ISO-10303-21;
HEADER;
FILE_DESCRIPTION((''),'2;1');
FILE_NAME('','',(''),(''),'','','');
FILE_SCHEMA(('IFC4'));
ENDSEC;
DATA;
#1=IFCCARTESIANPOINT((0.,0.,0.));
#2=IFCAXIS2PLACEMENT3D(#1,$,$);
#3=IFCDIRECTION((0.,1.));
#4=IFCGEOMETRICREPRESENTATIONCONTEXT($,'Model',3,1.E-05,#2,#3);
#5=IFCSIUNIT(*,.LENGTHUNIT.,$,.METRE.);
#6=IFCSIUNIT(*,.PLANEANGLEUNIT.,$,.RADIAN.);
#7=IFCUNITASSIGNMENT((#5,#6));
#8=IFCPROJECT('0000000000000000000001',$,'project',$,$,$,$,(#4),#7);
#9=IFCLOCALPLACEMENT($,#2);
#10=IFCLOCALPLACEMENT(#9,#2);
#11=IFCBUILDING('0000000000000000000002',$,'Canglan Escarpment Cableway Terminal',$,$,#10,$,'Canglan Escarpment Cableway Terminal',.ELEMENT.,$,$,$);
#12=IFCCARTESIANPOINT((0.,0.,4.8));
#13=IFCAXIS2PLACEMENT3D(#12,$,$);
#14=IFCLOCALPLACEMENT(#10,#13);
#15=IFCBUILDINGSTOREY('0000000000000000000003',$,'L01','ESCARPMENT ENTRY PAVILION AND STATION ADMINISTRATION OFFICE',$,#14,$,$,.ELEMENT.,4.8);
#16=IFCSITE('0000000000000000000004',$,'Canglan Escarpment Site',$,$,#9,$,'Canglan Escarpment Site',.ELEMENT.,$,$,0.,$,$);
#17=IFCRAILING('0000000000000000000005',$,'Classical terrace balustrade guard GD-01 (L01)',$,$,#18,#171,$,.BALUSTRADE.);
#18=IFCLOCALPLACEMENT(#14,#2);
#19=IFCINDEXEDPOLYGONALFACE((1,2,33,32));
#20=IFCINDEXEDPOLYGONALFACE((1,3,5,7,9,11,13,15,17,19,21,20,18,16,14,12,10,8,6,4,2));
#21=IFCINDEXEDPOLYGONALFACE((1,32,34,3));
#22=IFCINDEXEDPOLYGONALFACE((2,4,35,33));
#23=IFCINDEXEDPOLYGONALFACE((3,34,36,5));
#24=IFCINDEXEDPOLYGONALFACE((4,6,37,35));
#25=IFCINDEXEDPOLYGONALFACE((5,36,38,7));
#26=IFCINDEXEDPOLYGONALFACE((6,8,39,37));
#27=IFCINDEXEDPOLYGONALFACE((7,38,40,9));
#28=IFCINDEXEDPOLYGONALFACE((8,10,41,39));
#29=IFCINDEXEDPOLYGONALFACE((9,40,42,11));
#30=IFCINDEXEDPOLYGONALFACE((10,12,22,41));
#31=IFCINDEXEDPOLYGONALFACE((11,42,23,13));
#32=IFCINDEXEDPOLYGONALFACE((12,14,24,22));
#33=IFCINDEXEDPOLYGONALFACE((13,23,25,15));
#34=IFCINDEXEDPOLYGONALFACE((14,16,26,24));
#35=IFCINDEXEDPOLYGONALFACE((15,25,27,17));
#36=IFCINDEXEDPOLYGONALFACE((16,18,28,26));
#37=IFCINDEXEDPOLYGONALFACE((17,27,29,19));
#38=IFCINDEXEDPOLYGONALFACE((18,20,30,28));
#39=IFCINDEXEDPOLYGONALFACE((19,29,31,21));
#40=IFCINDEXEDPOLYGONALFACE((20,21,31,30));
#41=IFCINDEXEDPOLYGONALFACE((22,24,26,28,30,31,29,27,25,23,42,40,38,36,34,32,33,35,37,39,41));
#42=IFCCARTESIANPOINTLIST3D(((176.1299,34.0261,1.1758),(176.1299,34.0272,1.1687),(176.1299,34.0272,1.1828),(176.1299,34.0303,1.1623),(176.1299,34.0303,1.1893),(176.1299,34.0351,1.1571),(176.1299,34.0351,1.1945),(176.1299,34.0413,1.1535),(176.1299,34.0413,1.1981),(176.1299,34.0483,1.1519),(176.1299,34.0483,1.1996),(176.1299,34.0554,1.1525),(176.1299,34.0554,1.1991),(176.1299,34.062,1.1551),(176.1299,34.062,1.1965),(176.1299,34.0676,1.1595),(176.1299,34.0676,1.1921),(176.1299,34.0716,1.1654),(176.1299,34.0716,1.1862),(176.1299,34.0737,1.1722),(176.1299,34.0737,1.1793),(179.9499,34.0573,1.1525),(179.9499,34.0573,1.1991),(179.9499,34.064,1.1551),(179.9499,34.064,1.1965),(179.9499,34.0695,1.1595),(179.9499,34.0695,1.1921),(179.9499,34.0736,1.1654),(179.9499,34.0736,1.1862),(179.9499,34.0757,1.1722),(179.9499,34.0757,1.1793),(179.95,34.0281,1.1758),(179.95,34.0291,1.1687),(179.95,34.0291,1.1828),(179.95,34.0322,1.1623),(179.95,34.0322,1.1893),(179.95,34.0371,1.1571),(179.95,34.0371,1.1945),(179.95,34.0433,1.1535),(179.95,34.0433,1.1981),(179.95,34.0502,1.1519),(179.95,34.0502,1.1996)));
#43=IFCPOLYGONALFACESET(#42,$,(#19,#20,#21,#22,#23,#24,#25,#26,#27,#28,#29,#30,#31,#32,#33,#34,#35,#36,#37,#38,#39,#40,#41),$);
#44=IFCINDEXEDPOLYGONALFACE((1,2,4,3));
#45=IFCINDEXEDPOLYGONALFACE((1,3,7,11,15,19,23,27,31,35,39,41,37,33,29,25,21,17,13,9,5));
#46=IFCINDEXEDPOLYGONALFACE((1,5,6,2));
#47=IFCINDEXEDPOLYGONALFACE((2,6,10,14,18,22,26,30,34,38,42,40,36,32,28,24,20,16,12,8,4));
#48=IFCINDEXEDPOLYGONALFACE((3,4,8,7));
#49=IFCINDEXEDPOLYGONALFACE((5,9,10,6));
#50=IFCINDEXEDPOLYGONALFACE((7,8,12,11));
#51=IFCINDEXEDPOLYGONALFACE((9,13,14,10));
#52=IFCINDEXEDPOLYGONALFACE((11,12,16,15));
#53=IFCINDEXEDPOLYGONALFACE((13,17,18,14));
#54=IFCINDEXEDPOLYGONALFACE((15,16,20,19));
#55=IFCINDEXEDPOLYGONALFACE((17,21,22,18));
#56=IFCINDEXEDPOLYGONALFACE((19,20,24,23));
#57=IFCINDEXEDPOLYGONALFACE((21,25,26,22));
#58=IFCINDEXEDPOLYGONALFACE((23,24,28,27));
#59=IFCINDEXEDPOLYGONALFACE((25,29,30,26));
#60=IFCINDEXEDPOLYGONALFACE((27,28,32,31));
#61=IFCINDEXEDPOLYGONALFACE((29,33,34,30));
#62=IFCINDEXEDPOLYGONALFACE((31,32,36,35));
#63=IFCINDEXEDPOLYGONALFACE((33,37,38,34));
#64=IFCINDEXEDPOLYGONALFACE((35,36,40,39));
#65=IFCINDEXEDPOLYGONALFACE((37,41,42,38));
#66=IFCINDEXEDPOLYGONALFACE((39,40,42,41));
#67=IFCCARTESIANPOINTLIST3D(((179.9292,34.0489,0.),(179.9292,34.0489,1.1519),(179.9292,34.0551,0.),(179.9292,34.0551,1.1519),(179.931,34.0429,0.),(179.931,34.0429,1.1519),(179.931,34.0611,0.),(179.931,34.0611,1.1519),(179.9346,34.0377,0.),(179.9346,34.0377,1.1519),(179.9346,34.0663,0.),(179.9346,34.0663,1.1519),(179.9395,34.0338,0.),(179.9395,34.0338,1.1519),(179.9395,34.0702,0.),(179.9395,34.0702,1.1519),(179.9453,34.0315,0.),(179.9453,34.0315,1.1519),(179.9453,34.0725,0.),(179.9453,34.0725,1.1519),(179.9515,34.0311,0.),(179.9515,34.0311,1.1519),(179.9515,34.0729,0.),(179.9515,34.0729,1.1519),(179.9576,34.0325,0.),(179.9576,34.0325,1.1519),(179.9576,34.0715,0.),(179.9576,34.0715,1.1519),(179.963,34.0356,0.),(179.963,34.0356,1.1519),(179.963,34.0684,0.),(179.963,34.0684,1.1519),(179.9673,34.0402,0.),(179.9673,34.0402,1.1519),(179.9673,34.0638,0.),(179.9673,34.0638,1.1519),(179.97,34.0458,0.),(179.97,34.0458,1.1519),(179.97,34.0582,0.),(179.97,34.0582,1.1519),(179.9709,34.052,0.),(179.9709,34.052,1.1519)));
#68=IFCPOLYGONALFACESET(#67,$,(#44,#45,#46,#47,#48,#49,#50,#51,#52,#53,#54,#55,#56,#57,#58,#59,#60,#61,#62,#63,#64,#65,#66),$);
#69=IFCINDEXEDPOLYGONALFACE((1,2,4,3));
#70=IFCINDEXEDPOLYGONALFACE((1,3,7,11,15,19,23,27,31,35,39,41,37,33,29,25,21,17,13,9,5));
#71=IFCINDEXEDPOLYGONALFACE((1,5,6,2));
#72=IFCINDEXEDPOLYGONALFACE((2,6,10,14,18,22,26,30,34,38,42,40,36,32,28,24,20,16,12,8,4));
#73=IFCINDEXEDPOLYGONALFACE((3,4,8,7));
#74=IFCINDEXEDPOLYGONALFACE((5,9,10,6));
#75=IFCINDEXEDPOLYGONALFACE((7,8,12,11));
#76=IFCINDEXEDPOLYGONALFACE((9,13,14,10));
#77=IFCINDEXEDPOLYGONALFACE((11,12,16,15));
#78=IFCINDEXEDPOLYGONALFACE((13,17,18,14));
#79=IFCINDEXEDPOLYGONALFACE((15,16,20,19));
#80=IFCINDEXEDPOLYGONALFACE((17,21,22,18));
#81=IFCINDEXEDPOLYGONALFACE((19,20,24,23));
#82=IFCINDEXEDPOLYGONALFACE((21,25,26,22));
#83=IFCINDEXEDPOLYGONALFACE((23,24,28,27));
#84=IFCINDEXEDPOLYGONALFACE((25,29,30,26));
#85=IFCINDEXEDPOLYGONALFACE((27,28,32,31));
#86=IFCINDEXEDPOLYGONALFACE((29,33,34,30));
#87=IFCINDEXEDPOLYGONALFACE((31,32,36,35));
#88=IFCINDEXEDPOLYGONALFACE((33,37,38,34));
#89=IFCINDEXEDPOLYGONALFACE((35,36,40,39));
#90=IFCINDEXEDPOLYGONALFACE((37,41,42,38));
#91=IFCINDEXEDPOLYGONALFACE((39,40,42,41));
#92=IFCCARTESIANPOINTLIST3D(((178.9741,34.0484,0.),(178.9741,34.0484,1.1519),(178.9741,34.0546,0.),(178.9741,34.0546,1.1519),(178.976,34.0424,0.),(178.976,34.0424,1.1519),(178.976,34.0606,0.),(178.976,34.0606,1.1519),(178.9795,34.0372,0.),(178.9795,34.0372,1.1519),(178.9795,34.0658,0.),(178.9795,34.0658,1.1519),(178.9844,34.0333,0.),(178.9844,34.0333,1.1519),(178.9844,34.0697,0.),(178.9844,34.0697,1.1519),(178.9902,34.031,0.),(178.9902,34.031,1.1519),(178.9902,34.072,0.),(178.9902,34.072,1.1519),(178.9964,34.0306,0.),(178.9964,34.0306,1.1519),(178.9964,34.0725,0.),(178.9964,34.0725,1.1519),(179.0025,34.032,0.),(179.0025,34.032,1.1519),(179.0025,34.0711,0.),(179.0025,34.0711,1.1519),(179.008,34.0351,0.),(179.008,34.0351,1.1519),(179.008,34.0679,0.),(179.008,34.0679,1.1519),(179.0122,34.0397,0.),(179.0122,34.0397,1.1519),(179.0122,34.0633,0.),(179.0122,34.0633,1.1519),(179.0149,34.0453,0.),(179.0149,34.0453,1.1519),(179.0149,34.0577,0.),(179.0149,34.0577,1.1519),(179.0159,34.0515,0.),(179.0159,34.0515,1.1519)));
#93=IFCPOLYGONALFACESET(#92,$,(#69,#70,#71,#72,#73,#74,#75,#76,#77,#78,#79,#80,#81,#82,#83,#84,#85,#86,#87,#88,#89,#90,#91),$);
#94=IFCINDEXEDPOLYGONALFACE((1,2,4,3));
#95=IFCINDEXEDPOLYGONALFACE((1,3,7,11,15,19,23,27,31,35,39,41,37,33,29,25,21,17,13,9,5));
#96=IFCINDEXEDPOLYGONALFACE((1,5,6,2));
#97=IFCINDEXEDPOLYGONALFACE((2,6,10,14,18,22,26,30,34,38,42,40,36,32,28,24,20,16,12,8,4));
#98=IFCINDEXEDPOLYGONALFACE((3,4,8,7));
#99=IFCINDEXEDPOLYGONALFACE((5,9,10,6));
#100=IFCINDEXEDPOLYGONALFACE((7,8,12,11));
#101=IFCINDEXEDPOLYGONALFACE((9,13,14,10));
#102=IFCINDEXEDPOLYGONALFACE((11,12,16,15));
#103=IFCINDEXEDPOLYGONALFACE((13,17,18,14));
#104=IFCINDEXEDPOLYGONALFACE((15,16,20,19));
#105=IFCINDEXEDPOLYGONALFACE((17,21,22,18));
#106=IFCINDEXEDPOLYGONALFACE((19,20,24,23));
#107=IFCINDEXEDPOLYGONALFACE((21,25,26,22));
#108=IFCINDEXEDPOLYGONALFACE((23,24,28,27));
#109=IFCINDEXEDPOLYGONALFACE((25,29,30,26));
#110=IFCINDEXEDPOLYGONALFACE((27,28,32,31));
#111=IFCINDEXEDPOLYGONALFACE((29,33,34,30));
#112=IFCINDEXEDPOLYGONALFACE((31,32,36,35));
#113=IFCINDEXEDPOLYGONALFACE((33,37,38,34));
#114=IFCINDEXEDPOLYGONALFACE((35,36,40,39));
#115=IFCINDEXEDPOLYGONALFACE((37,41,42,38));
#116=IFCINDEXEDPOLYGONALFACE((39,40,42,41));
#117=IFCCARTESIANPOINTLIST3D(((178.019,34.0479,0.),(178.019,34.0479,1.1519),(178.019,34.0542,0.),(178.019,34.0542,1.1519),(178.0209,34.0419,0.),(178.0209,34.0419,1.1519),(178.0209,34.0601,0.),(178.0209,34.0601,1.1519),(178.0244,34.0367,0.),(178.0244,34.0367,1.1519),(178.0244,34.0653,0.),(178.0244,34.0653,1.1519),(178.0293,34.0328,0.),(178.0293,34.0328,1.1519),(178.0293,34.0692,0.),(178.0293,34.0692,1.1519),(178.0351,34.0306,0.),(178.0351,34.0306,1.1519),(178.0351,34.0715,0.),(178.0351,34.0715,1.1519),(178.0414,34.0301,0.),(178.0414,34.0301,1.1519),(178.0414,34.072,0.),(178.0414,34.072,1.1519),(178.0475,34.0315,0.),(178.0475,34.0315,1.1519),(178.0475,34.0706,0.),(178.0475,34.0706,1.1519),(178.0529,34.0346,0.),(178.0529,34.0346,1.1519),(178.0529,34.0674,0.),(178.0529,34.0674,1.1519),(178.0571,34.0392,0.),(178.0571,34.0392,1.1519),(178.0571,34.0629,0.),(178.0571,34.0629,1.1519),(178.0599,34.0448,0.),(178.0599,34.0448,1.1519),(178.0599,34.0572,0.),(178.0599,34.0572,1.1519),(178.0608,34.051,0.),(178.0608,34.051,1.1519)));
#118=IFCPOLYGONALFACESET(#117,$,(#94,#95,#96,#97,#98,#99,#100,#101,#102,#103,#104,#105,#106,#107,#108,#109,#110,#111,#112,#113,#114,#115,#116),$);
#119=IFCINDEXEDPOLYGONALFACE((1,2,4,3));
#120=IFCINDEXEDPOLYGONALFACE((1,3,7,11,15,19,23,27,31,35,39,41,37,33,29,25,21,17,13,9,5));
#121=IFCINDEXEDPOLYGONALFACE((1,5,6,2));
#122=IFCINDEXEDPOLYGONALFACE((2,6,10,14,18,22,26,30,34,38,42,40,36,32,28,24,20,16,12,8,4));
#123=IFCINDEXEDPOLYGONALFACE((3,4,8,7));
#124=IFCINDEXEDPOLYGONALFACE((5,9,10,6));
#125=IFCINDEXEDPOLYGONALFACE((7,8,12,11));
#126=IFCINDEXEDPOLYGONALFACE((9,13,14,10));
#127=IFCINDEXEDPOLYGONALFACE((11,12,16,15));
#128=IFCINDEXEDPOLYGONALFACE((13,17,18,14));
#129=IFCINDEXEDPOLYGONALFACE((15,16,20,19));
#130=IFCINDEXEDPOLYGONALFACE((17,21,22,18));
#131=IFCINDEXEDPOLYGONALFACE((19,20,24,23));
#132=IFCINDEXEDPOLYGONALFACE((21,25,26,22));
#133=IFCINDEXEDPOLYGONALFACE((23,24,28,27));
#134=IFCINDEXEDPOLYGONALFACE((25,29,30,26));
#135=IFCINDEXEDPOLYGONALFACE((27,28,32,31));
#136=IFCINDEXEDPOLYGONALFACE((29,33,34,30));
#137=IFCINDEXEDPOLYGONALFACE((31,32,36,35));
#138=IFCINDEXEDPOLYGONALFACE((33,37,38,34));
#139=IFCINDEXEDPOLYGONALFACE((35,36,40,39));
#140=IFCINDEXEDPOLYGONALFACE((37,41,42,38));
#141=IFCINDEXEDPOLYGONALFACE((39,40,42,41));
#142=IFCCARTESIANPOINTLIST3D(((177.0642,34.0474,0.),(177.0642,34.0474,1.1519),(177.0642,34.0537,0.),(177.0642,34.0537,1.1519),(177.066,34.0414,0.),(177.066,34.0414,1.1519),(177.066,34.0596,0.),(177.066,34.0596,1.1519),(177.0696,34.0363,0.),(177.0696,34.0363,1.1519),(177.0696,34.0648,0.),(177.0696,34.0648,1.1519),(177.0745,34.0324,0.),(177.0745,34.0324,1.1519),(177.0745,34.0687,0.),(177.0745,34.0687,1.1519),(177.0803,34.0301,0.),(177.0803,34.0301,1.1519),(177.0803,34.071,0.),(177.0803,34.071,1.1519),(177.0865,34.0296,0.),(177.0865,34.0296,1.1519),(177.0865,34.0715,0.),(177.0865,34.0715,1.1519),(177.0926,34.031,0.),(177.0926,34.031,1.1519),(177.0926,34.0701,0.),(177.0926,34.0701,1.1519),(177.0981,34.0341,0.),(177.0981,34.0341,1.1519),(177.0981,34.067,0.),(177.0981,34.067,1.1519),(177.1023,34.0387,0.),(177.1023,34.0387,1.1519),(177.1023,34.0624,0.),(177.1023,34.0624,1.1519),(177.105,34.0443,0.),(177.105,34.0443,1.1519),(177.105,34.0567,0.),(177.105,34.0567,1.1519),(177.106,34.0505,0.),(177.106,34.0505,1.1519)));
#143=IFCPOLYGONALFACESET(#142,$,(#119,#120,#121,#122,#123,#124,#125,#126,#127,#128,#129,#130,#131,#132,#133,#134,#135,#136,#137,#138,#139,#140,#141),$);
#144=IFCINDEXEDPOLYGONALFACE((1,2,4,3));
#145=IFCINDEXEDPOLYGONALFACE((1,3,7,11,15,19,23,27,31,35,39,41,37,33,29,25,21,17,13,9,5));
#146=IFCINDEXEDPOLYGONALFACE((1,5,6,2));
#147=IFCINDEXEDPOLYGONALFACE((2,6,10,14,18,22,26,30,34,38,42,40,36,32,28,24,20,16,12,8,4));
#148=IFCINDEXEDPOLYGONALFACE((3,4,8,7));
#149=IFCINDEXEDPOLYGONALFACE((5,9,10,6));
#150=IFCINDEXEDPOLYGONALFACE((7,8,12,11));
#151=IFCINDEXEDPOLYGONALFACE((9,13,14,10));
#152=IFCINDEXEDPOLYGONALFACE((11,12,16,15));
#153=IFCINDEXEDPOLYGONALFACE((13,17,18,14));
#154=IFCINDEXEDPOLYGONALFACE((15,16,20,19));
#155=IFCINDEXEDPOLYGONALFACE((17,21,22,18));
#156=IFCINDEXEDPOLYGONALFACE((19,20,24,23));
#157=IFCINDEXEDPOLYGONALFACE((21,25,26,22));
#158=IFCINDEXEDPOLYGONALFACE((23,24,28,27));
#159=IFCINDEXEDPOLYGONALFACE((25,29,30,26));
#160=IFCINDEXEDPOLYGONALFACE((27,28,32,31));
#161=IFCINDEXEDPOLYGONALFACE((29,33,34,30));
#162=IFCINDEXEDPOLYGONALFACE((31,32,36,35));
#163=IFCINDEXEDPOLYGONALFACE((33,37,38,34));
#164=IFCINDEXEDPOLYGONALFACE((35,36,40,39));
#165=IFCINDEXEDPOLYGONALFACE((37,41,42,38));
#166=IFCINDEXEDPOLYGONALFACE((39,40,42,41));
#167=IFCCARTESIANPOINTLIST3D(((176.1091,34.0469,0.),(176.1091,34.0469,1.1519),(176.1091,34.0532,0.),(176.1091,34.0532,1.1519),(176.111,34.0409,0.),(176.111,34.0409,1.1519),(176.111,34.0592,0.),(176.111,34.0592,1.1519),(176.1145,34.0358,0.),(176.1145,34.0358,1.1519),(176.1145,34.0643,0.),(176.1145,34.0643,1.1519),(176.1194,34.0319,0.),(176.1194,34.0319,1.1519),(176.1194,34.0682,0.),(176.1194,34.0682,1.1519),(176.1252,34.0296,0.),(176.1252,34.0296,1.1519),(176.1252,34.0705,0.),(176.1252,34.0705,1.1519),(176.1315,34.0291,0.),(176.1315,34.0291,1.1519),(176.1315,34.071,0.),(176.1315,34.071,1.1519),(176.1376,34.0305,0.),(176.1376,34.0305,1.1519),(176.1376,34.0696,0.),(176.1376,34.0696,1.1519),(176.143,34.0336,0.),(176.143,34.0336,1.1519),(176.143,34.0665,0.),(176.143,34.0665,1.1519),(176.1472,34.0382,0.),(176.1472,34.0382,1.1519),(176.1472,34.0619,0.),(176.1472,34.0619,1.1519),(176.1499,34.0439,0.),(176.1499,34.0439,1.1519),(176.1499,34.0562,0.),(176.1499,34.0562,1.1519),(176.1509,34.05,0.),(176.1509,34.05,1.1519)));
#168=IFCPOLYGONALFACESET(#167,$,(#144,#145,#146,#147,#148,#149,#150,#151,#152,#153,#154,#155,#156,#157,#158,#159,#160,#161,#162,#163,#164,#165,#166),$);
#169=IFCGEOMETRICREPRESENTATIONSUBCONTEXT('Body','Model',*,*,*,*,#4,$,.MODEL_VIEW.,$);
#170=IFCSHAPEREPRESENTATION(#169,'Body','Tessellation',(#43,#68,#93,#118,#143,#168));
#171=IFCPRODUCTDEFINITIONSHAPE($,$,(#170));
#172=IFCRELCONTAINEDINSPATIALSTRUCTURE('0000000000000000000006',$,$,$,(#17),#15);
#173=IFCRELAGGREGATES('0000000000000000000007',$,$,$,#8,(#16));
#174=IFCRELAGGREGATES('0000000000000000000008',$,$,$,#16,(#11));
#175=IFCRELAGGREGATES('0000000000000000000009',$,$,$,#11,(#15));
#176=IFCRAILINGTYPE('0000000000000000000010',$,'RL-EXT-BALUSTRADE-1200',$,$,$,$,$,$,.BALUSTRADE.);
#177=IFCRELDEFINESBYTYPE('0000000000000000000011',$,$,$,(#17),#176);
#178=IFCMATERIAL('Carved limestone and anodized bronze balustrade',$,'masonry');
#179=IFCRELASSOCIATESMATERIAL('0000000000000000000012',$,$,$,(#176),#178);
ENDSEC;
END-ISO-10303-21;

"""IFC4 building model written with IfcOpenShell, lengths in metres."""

from ifc_helpers import new_model, si_unit, direction, frame, origin, origin_2d, place, context, subcontext, project, spatial, circle, extrude, material, type_object, element, save


model = new_model("IFC4")

# Units and contexts
model_context = context("Model", 3, precision=1e-05, world=origin(), true_north=direction((0.0, 1.0)))
body_context = subcontext(model_context, "Body", "Model", "MODEL_VIEW")
ifc_project = project(units=[si_unit("LENGTHUNIT", "METRE"), si_unit("PLANEANGLEUNIT", "RADIAN")], contexts=[model_context])

# Site, building, storey
site_placement = place(None, origin())
site = spatial("IfcSite", under=ifc_project, at=site_placement, Name="Canglan Escarpment Site", LongName="Canglan Escarpment Site", CompositionType="ELEMENT", RefElevation=0.0)
building_placement = place(site_placement, origin())
building = spatial("IfcBuilding", under=site, at=building_placement, Name="Canglan Escarpment Cableway Terminal", LongName="Canglan Escarpment Cableway Terminal", CompositionType="ELEMENT")
storey_placement = place(building_placement, frame((0.0, 0.0, 4.8)))
storey = spatial("IfcBuildingStorey", under=building, at=storey_placement, Name="L01", Description="ESCARPMENT ENTRY PAVILION AND STATION ADMINISTRATION OFFICE", CompositionType="ELEMENT", Elevation=4.8)

# Railing
ifc_material_1 = material(Name="Carved limestone and anodized bronze balustrade", Category="masonry")
railing_type = type_object("IfcRailingType", Name="RL-EXT-BALUSTRADE-1200", PredefinedType="BALUSTRADE", material=ifc_material_1)
railing_placement = place(storey_placement, frame((179.95, 34.052, 0.0)))
element("IfcRailing", 1, at=railing_placement, inside=storey, type_object=railing_type, Name="Classical terrace balustrade guard GD-01 (L01)", PredefinedType="BALUSTRADE", context=body_context, shape_type="SweptSolid", body=[
    extrude(circle(Radius=0.0239, at=origin_2d()), frame((0.0, 0.0, 1.1758), z_axis=(-1.0, -0.000511, 0.0), x_axis=(0.000511, -1.0, 0.0)), (0.0, 0.0, 1.0), 3.8201),
    extrude(circle(Radius=0.021, at=origin_2d()), origin(), (0.0, 0.0, 1.0), 1.1519),
    extrude(circle(Radius=0.021, at=origin_2d()), frame((-0.9551, -0.0005, 0.0)), (0.0, 0.0, 1.0), 1.1519),
    extrude(circle(Radius=0.021, at=origin_2d()), frame((-1.9102, -0.001, 0.0)), (0.0, 0.0, 1.0), 1.1519),
    extrude(circle(Radius=0.021, at=origin_2d()), frame((-2.865, -0.0015, 0.0)), (0.0, 0.0, 1.0), 1.1519),
    extrude(circle(Radius=0.021, at=origin_2d()), frame((-3.8201, -0.002, 0.0)), (0.0, 0.0, 1.0), 1.1519),
])

save(model, "model.ifc")
